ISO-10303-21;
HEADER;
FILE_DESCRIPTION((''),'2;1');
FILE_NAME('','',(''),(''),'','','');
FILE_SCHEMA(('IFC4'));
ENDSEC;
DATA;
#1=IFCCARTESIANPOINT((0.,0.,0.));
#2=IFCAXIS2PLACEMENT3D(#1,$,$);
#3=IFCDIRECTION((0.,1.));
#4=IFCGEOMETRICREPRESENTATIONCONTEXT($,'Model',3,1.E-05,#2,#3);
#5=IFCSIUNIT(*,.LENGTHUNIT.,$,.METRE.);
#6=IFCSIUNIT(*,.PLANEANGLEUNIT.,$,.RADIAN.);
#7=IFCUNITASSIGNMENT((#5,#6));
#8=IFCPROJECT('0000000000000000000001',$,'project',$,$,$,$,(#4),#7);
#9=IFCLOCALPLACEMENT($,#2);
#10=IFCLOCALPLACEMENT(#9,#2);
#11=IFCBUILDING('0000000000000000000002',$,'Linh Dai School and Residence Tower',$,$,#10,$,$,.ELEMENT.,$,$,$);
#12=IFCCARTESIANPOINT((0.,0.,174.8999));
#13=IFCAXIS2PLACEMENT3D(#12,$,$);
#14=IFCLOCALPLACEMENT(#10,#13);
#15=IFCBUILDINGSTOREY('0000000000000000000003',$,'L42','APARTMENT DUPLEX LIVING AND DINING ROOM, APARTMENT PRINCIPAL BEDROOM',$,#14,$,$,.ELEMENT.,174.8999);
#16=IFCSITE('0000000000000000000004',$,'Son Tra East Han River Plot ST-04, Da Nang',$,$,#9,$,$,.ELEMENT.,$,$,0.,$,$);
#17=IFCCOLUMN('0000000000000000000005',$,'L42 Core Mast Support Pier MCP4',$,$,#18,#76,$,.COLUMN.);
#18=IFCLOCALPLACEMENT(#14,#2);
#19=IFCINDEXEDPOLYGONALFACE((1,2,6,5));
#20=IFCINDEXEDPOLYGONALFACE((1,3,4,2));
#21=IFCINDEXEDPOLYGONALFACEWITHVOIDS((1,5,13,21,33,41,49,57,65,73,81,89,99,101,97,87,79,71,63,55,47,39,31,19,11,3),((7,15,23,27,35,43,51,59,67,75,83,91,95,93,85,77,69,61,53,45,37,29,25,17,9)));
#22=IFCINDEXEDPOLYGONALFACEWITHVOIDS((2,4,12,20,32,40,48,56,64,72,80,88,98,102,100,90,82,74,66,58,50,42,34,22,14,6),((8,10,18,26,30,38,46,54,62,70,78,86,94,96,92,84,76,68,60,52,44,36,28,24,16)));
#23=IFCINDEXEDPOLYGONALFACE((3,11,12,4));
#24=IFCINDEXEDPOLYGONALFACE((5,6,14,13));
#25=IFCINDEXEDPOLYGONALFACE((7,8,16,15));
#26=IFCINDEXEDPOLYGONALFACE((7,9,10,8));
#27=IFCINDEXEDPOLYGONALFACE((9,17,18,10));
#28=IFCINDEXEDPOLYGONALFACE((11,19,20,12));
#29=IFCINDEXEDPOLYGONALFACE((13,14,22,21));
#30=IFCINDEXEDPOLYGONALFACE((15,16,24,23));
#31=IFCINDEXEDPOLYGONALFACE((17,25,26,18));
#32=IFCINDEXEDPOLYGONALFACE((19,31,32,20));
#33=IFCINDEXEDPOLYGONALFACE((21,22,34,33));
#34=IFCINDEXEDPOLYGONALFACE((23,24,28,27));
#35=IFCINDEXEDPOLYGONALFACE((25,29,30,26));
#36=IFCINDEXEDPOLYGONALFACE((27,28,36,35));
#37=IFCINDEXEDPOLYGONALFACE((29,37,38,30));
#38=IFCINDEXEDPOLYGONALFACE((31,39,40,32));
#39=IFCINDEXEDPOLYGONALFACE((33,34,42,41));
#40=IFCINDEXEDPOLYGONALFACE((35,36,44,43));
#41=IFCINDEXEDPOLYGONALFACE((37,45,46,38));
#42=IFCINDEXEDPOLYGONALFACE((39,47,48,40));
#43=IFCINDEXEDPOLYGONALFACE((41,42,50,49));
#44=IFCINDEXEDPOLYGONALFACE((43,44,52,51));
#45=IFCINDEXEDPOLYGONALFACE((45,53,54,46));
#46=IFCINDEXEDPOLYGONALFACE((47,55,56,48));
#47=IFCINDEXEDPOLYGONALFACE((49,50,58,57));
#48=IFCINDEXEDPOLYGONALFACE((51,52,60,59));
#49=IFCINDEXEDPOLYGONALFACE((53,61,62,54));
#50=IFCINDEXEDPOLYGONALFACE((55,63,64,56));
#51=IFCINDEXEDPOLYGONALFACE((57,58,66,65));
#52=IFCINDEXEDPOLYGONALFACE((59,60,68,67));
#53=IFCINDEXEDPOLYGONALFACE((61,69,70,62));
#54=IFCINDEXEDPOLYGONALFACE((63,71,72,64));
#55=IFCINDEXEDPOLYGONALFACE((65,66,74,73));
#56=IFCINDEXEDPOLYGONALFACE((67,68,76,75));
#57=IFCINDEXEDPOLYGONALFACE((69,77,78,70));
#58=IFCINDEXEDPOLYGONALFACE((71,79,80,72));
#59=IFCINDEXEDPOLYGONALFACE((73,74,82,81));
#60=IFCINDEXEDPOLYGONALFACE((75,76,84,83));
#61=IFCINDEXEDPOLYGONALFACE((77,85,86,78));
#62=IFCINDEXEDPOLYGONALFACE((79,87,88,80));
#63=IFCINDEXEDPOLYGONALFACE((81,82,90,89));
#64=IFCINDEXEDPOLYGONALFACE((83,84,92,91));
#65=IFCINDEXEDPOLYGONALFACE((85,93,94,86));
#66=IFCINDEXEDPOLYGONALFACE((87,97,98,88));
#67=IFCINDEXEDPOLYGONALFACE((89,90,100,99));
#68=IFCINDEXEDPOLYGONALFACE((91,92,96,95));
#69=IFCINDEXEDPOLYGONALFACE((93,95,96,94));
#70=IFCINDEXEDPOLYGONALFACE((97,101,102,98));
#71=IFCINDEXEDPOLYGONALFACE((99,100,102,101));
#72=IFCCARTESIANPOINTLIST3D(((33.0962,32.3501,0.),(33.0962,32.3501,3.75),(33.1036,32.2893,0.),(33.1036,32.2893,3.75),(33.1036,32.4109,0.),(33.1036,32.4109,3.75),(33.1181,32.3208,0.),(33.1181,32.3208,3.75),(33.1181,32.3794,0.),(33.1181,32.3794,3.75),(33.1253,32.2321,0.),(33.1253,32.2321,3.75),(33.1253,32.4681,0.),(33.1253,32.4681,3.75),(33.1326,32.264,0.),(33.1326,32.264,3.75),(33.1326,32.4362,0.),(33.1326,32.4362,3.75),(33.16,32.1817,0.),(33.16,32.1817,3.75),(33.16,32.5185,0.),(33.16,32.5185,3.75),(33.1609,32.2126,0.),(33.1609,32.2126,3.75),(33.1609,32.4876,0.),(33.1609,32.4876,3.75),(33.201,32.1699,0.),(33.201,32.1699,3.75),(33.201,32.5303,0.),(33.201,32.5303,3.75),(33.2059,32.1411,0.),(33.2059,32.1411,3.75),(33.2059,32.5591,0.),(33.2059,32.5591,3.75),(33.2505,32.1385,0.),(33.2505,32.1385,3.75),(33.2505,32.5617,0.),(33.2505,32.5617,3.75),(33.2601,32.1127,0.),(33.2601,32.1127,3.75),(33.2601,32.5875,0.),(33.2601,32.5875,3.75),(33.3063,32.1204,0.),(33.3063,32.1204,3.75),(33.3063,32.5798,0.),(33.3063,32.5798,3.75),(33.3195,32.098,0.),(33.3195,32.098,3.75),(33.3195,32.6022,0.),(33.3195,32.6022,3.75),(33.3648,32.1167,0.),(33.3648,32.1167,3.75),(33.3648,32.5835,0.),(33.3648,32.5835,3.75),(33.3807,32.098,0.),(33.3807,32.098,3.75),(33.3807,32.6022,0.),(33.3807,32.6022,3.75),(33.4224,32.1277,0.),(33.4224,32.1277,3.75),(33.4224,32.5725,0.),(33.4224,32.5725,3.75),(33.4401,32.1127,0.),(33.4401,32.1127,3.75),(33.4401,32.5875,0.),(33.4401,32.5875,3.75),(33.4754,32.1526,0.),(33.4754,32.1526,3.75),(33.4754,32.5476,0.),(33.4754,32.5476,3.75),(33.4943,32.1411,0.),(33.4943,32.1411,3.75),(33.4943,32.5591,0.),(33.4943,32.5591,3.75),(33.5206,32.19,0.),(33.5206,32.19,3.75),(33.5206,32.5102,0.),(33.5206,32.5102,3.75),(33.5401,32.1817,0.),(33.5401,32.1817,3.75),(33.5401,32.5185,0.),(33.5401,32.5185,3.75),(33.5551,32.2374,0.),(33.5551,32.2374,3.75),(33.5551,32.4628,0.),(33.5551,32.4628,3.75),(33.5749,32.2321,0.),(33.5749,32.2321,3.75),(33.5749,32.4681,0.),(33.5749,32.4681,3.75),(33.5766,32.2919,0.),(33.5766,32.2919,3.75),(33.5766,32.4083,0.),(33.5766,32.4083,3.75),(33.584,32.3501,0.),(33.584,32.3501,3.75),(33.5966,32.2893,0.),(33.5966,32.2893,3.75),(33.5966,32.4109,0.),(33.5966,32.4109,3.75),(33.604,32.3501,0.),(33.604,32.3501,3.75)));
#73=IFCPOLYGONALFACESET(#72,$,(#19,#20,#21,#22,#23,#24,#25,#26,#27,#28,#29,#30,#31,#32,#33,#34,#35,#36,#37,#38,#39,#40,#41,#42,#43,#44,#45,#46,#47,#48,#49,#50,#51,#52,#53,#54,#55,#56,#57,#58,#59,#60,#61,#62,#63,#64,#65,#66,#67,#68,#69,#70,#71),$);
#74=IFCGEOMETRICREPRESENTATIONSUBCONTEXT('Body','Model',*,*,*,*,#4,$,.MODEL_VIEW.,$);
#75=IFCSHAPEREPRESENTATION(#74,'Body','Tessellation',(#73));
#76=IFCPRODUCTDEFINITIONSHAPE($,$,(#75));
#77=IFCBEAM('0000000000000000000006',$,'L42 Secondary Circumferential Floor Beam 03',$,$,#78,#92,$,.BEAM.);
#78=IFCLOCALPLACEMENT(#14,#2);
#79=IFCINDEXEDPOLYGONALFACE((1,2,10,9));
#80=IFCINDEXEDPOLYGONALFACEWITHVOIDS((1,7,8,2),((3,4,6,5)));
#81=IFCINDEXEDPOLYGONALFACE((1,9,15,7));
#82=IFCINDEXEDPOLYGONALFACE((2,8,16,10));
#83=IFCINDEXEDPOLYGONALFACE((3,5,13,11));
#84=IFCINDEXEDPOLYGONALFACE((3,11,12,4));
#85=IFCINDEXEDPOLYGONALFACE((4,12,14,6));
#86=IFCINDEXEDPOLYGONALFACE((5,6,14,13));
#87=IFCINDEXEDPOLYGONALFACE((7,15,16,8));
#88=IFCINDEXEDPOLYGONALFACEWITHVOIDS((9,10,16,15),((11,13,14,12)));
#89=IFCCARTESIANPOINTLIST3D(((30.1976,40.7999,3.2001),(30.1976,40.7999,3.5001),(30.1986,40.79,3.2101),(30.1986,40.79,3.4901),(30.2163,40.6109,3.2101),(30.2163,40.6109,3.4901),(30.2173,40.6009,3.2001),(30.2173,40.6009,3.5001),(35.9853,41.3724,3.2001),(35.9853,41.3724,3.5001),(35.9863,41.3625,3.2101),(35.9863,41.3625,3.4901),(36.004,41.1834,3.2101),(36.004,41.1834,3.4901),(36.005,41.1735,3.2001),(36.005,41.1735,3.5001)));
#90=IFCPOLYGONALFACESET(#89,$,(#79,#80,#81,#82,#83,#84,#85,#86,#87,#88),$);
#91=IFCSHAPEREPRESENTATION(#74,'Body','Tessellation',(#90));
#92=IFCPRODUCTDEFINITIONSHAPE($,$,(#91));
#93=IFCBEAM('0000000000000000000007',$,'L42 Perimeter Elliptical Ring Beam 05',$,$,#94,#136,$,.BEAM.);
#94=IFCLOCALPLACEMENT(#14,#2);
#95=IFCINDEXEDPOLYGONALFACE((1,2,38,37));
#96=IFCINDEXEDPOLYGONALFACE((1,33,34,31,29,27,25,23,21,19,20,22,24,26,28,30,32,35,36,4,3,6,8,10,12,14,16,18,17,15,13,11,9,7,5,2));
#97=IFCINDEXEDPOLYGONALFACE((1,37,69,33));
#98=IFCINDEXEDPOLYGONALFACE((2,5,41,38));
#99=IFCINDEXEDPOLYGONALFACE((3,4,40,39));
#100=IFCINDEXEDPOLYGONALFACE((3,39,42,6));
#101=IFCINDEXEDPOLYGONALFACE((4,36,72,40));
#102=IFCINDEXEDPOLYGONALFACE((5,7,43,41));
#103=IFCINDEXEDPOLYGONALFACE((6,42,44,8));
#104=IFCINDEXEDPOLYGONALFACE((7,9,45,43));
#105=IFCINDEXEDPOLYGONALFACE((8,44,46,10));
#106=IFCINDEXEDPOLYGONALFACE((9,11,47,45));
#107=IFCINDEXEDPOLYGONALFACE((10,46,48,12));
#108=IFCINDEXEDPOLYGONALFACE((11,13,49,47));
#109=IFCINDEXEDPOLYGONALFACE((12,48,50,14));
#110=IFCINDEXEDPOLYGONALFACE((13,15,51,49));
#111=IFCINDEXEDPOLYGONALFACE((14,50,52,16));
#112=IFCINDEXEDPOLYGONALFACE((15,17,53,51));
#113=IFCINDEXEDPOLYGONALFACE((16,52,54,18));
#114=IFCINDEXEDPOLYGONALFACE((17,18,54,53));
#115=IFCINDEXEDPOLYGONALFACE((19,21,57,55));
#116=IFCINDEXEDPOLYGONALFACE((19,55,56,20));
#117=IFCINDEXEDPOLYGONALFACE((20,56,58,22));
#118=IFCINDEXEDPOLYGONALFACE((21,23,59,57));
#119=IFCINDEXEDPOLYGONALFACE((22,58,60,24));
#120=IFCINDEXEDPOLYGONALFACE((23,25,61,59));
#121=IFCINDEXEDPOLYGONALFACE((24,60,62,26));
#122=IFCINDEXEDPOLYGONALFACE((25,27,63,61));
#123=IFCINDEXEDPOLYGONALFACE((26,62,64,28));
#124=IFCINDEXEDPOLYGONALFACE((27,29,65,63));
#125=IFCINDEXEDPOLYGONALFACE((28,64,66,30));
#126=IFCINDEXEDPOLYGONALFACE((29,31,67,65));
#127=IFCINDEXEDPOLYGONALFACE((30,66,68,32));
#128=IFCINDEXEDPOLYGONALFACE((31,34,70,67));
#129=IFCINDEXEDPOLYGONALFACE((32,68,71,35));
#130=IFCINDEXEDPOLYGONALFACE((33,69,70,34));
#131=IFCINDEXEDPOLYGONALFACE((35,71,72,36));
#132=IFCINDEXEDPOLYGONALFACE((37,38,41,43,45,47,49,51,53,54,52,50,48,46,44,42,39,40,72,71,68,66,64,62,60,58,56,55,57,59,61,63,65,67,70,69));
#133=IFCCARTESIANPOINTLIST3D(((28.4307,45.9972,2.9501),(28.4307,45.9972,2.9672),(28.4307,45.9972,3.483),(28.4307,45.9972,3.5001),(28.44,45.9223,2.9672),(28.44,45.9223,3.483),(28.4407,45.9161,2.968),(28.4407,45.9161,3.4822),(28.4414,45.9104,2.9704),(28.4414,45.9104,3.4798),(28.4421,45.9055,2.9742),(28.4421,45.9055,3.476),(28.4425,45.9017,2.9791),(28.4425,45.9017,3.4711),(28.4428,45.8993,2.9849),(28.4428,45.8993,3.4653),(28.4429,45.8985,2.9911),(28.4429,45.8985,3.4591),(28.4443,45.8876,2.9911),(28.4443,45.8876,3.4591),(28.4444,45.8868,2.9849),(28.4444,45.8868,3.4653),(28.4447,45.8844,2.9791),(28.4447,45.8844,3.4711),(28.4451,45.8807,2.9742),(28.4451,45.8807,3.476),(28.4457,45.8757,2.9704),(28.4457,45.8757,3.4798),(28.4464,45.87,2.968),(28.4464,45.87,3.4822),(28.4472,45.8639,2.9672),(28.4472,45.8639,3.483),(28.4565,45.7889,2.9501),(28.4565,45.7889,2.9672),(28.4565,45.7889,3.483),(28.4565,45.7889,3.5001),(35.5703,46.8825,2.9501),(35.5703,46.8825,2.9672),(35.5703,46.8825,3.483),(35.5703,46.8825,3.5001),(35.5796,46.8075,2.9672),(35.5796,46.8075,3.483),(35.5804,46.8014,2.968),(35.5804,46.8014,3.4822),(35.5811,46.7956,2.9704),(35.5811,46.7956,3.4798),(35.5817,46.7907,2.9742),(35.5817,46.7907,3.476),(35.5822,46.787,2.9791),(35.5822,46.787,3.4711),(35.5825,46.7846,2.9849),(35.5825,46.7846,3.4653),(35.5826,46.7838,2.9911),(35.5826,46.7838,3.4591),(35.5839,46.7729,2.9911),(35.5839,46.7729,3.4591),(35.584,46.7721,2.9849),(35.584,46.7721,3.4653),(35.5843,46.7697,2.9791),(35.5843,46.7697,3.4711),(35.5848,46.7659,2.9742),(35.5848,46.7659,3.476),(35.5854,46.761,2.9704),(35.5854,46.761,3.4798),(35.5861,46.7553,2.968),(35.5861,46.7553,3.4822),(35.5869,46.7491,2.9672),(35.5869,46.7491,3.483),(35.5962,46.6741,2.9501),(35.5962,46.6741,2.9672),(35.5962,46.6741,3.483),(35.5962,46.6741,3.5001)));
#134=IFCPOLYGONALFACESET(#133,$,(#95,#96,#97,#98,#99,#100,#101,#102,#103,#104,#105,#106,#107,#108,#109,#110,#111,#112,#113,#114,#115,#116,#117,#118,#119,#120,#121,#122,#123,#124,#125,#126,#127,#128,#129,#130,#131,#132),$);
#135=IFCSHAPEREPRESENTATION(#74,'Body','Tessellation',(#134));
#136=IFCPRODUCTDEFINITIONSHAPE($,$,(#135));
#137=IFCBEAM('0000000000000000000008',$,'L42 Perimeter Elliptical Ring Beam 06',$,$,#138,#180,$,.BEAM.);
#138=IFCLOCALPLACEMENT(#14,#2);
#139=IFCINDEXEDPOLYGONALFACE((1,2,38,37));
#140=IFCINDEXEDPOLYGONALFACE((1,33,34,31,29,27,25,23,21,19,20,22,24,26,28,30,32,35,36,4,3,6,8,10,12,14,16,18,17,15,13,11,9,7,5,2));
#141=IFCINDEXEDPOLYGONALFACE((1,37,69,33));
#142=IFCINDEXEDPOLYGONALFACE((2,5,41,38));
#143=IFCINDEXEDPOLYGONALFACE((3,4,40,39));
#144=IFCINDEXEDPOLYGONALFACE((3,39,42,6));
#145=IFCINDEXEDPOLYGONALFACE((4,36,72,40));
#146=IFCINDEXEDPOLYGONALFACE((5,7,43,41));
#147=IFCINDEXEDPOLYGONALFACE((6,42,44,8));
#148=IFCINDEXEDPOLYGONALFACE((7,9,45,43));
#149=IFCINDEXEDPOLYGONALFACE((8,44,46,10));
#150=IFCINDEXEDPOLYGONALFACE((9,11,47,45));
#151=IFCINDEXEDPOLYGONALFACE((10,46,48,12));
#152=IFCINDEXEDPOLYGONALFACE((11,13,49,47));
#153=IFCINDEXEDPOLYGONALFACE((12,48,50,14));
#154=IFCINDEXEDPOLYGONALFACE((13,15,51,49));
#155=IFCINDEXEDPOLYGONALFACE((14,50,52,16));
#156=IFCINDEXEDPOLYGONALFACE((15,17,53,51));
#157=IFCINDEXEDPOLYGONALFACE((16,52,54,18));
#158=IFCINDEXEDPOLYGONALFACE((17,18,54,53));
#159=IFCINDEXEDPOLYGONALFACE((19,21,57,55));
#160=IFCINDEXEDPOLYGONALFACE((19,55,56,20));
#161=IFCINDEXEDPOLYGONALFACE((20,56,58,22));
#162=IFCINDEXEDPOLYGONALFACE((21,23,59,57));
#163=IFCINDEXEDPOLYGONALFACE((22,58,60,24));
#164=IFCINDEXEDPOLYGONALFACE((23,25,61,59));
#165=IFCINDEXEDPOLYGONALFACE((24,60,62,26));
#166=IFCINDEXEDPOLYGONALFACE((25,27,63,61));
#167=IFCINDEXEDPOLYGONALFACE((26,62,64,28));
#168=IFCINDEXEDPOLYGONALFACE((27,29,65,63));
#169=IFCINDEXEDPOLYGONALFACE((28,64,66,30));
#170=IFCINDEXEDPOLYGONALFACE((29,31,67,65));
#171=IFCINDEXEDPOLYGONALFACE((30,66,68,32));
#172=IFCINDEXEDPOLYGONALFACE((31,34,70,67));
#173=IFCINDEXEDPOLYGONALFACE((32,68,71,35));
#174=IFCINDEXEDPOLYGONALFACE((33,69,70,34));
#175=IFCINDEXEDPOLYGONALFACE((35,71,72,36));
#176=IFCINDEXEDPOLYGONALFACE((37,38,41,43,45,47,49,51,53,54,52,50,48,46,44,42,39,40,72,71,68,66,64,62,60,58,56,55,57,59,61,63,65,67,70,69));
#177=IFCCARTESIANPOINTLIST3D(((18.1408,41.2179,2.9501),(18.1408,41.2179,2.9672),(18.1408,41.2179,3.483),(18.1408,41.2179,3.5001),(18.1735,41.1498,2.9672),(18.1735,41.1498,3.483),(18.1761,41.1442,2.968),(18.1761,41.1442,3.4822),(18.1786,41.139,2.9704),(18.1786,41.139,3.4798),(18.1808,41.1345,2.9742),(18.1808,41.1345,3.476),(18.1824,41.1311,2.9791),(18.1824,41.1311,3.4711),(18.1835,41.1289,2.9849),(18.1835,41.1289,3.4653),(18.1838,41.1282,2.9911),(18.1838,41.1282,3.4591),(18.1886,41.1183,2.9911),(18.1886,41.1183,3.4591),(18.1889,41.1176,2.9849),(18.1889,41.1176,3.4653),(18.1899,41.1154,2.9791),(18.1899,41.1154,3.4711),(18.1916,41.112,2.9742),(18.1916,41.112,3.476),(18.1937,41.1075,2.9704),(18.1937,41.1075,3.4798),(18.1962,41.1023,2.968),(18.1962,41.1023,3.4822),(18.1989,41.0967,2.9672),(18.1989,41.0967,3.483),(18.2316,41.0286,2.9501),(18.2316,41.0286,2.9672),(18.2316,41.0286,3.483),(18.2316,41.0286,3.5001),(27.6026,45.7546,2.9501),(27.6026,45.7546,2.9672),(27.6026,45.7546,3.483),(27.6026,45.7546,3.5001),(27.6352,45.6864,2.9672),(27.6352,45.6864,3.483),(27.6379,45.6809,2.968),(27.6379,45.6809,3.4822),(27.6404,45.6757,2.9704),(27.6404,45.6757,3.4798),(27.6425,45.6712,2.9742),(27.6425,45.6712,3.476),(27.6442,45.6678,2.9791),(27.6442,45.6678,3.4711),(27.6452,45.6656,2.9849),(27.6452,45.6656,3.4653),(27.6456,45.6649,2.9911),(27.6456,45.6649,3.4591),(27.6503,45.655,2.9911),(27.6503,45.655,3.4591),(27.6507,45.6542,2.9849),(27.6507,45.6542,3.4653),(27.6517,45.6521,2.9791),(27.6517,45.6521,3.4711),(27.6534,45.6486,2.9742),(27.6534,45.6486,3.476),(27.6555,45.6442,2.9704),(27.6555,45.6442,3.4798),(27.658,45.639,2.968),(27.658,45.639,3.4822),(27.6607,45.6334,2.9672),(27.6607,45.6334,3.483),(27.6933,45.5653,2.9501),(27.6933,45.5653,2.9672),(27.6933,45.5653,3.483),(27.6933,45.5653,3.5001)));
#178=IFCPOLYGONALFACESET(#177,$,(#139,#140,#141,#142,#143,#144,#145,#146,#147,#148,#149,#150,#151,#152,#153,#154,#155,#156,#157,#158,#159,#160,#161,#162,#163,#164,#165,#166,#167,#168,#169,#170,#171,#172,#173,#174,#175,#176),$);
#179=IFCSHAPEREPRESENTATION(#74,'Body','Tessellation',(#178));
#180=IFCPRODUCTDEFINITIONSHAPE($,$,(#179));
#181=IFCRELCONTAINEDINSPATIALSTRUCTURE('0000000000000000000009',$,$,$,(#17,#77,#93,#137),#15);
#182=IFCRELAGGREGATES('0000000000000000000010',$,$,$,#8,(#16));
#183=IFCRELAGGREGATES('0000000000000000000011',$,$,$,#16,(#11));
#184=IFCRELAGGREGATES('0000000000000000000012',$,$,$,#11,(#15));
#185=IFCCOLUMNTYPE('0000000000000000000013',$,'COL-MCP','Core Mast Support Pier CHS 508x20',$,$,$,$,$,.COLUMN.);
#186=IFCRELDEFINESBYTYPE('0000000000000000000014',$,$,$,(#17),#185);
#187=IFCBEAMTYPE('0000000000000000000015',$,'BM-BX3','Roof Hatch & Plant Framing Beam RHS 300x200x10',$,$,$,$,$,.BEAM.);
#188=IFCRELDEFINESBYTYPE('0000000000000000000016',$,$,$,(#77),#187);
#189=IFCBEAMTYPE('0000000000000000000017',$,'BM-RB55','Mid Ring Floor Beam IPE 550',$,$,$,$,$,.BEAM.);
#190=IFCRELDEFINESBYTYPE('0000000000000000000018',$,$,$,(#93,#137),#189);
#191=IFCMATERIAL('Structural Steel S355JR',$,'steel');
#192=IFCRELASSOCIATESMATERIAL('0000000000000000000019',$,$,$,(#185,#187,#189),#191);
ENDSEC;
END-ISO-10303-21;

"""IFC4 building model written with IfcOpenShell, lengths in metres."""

from ifc_helpers import new_model, si_unit, direction, frame, origin, origin_2d, place, context, subcontext, project, spatial, hollow_rectangle, hollow_circle, i_section, extrude, material, material_profile, profile_set, type_object, element, save


model = new_model("IFC4")

# Units and contexts
model_context = context("Model", 3, precision=1e-05, world=origin(), true_north=direction((0.0, 1.0)))
body_context = subcontext(model_context, "Body", "Model", "MODEL_VIEW")
ifc_project = project(units=[si_unit("LENGTHUNIT", "METRE"), si_unit("PLANEANGLEUNIT", "RADIAN")], contexts=[model_context])

# Site, building, storey
site_placement = place(None, origin())
site = spatial("IfcSite", under=ifc_project, at=site_placement, Name="Son Tra East Han River Plot ST-04, Da Nang", CompositionType="ELEMENT", RefElevation=0.0)
building_placement = place(site_placement, origin())
building = spatial("IfcBuilding", under=site, at=building_placement, Name="Linh Dai School and Residence Tower", CompositionType="ELEMENT")
storey_placement = place(building_placement, frame((0.0, 0.0, 174.8999)))
storey = spatial("IfcBuildingStorey", under=building, at=storey_placement, Name="L42", Description="APARTMENT DUPLEX LIVING AND DINING ROOM, APARTMENT PRINCIPAL BEDROOM", CompositionType="ELEMENT", Elevation=174.8999)

# Column
ifc_material_1 = material(Name="Structural Steel S355JR", Category="steel")
ifc_material_profile_1 = material_profile(ifc_material_1, hollow_circle(Radius=0.2539, WallThickness=0.02, at=origin_2d()), Name="CHS 508x20")
ifc_profile_set_1 = profile_set([ifc_material_profile_1], Name="Structural Steel S355JR")
column_type_1 = type_object("IfcColumnType", Name="COL-MCP", Description="Core Mast Support Pier CHS 508x20", PredefinedType="COLUMN", material=ifc_profile_set_1)
column_placement = place(storey_placement, frame((33.3501, 32.3501, 0.0), z_axis=(0.0, 0.0, 1.0), x_axis=(1.0, 0.0, 0.0)))
element("IfcColumn", 1, at=column_placement, inside=storey, type_object=column_type_1, Name="L42 Core Mast Support Pier MCP4", PredefinedType="COLUMN", context=body_context, shape_type="SweptSolid", body=[
    extrude(hollow_circle(Radius=0.2539, WallThickness=0.02, at=origin_2d()), origin(), (0.0, 0.0, 1.0), 3.75),
])

# Beams
ifc_material_profile_2 = material_profile(ifc_material_1, hollow_rectangle(XDim=0.2, YDim=0.3, WallThickness=0.01, at=origin_2d()), Name="RHS 300x200x10")
ifc_profile_set_2 = profile_set([ifc_material_profile_2], Name="Structural Steel S355JR")
beam_type_1 = type_object("IfcBeamType", Name="BM-BX3", Description="Roof Hatch & Plant Framing Beam RHS 300x200x10", PredefinedType="BEAM", material=ifc_profile_set_2)
beam_1_placement = place(storey_placement, frame((35.9951, 41.2729, 3.3501), z_axis=(-0.995143, -0.09844, 0.0), x_axis=(0.09844, -0.995143, 0.0)))
element("IfcBeam", 2, at=beam_1_placement, inside=storey, type_object=beam_type_1, Name="L42 Secondary Circumferential Floor Beam 03", PredefinedType="BEAM", context=body_context, shape_type="SweptSolid", body=[
    extrude(hollow_rectangle(XDim=0.2, YDim=0.3, WallThickness=0.01, at=origin_2d()), origin(), (0.0, 0.0, 1.0), 5.8159),
])
ifc_material_profile_3 = material_profile(ifc_material_1, i_section(OverallWidth=0.21, OverallDepth=0.55, WebThickness=0.011, FlangeThickness=0.0171, FilletRadius=0.0239, at=origin_2d()), Name="IPE 550")
ifc_profile_set_3 = profile_set([ifc_material_profile_3], Name="Structural Steel S355JR")
beam_type_2 = type_object("IfcBeamType", Name="BM-RB55", Description="Mid Ring Floor Beam IPE 550", PredefinedType="BEAM", material=ifc_profile_set_3)
beam_2_placement = place(storey_placement, frame((35.5833, 46.7783, 3.2251), z_axis=(-0.992401, -0.123049, 0.0), x_axis=(0.123049, -0.992401, 0.0)))
element("IfcBeam", 3, at=beam_2_placement, inside=storey, type_object=beam_type_2, Name="L42 Perimeter Elliptical Ring Beam 05", PredefinedType="BEAM", context=body_context, shape_type="SweptSolid", body=[
    extrude(i_section(OverallWidth=0.21, OverallDepth=0.55, WebThickness=0.011, FlangeThickness=0.0171, FilletRadius=0.0239, at=origin_2d()), origin(), (0.0, 0.0, 1.0), 7.1943),
])
beam_3_placement = place(storey_placement, frame((27.6479, 45.6599, 3.2251), z_axis=(-0.901708, -0.432345, 0.0), x_axis=(0.432345, -0.901708, 0.0)))
element("IfcBeam", 4, at=beam_3_placement, inside=storey, type_object=beam_type_2, Name="L42 Perimeter Elliptical Ring Beam 06", PredefinedType="BEAM", context=body_context, shape_type="SweptSolid", body=[
    extrude(i_section(OverallWidth=0.21, OverallDepth=0.55, WebThickness=0.011, FlangeThickness=0.0171, FilletRadius=0.0239, at=origin_2d()), origin(), (0.0, 0.0, 1.0), 10.4932),
])

save(model, "model.ifc")
